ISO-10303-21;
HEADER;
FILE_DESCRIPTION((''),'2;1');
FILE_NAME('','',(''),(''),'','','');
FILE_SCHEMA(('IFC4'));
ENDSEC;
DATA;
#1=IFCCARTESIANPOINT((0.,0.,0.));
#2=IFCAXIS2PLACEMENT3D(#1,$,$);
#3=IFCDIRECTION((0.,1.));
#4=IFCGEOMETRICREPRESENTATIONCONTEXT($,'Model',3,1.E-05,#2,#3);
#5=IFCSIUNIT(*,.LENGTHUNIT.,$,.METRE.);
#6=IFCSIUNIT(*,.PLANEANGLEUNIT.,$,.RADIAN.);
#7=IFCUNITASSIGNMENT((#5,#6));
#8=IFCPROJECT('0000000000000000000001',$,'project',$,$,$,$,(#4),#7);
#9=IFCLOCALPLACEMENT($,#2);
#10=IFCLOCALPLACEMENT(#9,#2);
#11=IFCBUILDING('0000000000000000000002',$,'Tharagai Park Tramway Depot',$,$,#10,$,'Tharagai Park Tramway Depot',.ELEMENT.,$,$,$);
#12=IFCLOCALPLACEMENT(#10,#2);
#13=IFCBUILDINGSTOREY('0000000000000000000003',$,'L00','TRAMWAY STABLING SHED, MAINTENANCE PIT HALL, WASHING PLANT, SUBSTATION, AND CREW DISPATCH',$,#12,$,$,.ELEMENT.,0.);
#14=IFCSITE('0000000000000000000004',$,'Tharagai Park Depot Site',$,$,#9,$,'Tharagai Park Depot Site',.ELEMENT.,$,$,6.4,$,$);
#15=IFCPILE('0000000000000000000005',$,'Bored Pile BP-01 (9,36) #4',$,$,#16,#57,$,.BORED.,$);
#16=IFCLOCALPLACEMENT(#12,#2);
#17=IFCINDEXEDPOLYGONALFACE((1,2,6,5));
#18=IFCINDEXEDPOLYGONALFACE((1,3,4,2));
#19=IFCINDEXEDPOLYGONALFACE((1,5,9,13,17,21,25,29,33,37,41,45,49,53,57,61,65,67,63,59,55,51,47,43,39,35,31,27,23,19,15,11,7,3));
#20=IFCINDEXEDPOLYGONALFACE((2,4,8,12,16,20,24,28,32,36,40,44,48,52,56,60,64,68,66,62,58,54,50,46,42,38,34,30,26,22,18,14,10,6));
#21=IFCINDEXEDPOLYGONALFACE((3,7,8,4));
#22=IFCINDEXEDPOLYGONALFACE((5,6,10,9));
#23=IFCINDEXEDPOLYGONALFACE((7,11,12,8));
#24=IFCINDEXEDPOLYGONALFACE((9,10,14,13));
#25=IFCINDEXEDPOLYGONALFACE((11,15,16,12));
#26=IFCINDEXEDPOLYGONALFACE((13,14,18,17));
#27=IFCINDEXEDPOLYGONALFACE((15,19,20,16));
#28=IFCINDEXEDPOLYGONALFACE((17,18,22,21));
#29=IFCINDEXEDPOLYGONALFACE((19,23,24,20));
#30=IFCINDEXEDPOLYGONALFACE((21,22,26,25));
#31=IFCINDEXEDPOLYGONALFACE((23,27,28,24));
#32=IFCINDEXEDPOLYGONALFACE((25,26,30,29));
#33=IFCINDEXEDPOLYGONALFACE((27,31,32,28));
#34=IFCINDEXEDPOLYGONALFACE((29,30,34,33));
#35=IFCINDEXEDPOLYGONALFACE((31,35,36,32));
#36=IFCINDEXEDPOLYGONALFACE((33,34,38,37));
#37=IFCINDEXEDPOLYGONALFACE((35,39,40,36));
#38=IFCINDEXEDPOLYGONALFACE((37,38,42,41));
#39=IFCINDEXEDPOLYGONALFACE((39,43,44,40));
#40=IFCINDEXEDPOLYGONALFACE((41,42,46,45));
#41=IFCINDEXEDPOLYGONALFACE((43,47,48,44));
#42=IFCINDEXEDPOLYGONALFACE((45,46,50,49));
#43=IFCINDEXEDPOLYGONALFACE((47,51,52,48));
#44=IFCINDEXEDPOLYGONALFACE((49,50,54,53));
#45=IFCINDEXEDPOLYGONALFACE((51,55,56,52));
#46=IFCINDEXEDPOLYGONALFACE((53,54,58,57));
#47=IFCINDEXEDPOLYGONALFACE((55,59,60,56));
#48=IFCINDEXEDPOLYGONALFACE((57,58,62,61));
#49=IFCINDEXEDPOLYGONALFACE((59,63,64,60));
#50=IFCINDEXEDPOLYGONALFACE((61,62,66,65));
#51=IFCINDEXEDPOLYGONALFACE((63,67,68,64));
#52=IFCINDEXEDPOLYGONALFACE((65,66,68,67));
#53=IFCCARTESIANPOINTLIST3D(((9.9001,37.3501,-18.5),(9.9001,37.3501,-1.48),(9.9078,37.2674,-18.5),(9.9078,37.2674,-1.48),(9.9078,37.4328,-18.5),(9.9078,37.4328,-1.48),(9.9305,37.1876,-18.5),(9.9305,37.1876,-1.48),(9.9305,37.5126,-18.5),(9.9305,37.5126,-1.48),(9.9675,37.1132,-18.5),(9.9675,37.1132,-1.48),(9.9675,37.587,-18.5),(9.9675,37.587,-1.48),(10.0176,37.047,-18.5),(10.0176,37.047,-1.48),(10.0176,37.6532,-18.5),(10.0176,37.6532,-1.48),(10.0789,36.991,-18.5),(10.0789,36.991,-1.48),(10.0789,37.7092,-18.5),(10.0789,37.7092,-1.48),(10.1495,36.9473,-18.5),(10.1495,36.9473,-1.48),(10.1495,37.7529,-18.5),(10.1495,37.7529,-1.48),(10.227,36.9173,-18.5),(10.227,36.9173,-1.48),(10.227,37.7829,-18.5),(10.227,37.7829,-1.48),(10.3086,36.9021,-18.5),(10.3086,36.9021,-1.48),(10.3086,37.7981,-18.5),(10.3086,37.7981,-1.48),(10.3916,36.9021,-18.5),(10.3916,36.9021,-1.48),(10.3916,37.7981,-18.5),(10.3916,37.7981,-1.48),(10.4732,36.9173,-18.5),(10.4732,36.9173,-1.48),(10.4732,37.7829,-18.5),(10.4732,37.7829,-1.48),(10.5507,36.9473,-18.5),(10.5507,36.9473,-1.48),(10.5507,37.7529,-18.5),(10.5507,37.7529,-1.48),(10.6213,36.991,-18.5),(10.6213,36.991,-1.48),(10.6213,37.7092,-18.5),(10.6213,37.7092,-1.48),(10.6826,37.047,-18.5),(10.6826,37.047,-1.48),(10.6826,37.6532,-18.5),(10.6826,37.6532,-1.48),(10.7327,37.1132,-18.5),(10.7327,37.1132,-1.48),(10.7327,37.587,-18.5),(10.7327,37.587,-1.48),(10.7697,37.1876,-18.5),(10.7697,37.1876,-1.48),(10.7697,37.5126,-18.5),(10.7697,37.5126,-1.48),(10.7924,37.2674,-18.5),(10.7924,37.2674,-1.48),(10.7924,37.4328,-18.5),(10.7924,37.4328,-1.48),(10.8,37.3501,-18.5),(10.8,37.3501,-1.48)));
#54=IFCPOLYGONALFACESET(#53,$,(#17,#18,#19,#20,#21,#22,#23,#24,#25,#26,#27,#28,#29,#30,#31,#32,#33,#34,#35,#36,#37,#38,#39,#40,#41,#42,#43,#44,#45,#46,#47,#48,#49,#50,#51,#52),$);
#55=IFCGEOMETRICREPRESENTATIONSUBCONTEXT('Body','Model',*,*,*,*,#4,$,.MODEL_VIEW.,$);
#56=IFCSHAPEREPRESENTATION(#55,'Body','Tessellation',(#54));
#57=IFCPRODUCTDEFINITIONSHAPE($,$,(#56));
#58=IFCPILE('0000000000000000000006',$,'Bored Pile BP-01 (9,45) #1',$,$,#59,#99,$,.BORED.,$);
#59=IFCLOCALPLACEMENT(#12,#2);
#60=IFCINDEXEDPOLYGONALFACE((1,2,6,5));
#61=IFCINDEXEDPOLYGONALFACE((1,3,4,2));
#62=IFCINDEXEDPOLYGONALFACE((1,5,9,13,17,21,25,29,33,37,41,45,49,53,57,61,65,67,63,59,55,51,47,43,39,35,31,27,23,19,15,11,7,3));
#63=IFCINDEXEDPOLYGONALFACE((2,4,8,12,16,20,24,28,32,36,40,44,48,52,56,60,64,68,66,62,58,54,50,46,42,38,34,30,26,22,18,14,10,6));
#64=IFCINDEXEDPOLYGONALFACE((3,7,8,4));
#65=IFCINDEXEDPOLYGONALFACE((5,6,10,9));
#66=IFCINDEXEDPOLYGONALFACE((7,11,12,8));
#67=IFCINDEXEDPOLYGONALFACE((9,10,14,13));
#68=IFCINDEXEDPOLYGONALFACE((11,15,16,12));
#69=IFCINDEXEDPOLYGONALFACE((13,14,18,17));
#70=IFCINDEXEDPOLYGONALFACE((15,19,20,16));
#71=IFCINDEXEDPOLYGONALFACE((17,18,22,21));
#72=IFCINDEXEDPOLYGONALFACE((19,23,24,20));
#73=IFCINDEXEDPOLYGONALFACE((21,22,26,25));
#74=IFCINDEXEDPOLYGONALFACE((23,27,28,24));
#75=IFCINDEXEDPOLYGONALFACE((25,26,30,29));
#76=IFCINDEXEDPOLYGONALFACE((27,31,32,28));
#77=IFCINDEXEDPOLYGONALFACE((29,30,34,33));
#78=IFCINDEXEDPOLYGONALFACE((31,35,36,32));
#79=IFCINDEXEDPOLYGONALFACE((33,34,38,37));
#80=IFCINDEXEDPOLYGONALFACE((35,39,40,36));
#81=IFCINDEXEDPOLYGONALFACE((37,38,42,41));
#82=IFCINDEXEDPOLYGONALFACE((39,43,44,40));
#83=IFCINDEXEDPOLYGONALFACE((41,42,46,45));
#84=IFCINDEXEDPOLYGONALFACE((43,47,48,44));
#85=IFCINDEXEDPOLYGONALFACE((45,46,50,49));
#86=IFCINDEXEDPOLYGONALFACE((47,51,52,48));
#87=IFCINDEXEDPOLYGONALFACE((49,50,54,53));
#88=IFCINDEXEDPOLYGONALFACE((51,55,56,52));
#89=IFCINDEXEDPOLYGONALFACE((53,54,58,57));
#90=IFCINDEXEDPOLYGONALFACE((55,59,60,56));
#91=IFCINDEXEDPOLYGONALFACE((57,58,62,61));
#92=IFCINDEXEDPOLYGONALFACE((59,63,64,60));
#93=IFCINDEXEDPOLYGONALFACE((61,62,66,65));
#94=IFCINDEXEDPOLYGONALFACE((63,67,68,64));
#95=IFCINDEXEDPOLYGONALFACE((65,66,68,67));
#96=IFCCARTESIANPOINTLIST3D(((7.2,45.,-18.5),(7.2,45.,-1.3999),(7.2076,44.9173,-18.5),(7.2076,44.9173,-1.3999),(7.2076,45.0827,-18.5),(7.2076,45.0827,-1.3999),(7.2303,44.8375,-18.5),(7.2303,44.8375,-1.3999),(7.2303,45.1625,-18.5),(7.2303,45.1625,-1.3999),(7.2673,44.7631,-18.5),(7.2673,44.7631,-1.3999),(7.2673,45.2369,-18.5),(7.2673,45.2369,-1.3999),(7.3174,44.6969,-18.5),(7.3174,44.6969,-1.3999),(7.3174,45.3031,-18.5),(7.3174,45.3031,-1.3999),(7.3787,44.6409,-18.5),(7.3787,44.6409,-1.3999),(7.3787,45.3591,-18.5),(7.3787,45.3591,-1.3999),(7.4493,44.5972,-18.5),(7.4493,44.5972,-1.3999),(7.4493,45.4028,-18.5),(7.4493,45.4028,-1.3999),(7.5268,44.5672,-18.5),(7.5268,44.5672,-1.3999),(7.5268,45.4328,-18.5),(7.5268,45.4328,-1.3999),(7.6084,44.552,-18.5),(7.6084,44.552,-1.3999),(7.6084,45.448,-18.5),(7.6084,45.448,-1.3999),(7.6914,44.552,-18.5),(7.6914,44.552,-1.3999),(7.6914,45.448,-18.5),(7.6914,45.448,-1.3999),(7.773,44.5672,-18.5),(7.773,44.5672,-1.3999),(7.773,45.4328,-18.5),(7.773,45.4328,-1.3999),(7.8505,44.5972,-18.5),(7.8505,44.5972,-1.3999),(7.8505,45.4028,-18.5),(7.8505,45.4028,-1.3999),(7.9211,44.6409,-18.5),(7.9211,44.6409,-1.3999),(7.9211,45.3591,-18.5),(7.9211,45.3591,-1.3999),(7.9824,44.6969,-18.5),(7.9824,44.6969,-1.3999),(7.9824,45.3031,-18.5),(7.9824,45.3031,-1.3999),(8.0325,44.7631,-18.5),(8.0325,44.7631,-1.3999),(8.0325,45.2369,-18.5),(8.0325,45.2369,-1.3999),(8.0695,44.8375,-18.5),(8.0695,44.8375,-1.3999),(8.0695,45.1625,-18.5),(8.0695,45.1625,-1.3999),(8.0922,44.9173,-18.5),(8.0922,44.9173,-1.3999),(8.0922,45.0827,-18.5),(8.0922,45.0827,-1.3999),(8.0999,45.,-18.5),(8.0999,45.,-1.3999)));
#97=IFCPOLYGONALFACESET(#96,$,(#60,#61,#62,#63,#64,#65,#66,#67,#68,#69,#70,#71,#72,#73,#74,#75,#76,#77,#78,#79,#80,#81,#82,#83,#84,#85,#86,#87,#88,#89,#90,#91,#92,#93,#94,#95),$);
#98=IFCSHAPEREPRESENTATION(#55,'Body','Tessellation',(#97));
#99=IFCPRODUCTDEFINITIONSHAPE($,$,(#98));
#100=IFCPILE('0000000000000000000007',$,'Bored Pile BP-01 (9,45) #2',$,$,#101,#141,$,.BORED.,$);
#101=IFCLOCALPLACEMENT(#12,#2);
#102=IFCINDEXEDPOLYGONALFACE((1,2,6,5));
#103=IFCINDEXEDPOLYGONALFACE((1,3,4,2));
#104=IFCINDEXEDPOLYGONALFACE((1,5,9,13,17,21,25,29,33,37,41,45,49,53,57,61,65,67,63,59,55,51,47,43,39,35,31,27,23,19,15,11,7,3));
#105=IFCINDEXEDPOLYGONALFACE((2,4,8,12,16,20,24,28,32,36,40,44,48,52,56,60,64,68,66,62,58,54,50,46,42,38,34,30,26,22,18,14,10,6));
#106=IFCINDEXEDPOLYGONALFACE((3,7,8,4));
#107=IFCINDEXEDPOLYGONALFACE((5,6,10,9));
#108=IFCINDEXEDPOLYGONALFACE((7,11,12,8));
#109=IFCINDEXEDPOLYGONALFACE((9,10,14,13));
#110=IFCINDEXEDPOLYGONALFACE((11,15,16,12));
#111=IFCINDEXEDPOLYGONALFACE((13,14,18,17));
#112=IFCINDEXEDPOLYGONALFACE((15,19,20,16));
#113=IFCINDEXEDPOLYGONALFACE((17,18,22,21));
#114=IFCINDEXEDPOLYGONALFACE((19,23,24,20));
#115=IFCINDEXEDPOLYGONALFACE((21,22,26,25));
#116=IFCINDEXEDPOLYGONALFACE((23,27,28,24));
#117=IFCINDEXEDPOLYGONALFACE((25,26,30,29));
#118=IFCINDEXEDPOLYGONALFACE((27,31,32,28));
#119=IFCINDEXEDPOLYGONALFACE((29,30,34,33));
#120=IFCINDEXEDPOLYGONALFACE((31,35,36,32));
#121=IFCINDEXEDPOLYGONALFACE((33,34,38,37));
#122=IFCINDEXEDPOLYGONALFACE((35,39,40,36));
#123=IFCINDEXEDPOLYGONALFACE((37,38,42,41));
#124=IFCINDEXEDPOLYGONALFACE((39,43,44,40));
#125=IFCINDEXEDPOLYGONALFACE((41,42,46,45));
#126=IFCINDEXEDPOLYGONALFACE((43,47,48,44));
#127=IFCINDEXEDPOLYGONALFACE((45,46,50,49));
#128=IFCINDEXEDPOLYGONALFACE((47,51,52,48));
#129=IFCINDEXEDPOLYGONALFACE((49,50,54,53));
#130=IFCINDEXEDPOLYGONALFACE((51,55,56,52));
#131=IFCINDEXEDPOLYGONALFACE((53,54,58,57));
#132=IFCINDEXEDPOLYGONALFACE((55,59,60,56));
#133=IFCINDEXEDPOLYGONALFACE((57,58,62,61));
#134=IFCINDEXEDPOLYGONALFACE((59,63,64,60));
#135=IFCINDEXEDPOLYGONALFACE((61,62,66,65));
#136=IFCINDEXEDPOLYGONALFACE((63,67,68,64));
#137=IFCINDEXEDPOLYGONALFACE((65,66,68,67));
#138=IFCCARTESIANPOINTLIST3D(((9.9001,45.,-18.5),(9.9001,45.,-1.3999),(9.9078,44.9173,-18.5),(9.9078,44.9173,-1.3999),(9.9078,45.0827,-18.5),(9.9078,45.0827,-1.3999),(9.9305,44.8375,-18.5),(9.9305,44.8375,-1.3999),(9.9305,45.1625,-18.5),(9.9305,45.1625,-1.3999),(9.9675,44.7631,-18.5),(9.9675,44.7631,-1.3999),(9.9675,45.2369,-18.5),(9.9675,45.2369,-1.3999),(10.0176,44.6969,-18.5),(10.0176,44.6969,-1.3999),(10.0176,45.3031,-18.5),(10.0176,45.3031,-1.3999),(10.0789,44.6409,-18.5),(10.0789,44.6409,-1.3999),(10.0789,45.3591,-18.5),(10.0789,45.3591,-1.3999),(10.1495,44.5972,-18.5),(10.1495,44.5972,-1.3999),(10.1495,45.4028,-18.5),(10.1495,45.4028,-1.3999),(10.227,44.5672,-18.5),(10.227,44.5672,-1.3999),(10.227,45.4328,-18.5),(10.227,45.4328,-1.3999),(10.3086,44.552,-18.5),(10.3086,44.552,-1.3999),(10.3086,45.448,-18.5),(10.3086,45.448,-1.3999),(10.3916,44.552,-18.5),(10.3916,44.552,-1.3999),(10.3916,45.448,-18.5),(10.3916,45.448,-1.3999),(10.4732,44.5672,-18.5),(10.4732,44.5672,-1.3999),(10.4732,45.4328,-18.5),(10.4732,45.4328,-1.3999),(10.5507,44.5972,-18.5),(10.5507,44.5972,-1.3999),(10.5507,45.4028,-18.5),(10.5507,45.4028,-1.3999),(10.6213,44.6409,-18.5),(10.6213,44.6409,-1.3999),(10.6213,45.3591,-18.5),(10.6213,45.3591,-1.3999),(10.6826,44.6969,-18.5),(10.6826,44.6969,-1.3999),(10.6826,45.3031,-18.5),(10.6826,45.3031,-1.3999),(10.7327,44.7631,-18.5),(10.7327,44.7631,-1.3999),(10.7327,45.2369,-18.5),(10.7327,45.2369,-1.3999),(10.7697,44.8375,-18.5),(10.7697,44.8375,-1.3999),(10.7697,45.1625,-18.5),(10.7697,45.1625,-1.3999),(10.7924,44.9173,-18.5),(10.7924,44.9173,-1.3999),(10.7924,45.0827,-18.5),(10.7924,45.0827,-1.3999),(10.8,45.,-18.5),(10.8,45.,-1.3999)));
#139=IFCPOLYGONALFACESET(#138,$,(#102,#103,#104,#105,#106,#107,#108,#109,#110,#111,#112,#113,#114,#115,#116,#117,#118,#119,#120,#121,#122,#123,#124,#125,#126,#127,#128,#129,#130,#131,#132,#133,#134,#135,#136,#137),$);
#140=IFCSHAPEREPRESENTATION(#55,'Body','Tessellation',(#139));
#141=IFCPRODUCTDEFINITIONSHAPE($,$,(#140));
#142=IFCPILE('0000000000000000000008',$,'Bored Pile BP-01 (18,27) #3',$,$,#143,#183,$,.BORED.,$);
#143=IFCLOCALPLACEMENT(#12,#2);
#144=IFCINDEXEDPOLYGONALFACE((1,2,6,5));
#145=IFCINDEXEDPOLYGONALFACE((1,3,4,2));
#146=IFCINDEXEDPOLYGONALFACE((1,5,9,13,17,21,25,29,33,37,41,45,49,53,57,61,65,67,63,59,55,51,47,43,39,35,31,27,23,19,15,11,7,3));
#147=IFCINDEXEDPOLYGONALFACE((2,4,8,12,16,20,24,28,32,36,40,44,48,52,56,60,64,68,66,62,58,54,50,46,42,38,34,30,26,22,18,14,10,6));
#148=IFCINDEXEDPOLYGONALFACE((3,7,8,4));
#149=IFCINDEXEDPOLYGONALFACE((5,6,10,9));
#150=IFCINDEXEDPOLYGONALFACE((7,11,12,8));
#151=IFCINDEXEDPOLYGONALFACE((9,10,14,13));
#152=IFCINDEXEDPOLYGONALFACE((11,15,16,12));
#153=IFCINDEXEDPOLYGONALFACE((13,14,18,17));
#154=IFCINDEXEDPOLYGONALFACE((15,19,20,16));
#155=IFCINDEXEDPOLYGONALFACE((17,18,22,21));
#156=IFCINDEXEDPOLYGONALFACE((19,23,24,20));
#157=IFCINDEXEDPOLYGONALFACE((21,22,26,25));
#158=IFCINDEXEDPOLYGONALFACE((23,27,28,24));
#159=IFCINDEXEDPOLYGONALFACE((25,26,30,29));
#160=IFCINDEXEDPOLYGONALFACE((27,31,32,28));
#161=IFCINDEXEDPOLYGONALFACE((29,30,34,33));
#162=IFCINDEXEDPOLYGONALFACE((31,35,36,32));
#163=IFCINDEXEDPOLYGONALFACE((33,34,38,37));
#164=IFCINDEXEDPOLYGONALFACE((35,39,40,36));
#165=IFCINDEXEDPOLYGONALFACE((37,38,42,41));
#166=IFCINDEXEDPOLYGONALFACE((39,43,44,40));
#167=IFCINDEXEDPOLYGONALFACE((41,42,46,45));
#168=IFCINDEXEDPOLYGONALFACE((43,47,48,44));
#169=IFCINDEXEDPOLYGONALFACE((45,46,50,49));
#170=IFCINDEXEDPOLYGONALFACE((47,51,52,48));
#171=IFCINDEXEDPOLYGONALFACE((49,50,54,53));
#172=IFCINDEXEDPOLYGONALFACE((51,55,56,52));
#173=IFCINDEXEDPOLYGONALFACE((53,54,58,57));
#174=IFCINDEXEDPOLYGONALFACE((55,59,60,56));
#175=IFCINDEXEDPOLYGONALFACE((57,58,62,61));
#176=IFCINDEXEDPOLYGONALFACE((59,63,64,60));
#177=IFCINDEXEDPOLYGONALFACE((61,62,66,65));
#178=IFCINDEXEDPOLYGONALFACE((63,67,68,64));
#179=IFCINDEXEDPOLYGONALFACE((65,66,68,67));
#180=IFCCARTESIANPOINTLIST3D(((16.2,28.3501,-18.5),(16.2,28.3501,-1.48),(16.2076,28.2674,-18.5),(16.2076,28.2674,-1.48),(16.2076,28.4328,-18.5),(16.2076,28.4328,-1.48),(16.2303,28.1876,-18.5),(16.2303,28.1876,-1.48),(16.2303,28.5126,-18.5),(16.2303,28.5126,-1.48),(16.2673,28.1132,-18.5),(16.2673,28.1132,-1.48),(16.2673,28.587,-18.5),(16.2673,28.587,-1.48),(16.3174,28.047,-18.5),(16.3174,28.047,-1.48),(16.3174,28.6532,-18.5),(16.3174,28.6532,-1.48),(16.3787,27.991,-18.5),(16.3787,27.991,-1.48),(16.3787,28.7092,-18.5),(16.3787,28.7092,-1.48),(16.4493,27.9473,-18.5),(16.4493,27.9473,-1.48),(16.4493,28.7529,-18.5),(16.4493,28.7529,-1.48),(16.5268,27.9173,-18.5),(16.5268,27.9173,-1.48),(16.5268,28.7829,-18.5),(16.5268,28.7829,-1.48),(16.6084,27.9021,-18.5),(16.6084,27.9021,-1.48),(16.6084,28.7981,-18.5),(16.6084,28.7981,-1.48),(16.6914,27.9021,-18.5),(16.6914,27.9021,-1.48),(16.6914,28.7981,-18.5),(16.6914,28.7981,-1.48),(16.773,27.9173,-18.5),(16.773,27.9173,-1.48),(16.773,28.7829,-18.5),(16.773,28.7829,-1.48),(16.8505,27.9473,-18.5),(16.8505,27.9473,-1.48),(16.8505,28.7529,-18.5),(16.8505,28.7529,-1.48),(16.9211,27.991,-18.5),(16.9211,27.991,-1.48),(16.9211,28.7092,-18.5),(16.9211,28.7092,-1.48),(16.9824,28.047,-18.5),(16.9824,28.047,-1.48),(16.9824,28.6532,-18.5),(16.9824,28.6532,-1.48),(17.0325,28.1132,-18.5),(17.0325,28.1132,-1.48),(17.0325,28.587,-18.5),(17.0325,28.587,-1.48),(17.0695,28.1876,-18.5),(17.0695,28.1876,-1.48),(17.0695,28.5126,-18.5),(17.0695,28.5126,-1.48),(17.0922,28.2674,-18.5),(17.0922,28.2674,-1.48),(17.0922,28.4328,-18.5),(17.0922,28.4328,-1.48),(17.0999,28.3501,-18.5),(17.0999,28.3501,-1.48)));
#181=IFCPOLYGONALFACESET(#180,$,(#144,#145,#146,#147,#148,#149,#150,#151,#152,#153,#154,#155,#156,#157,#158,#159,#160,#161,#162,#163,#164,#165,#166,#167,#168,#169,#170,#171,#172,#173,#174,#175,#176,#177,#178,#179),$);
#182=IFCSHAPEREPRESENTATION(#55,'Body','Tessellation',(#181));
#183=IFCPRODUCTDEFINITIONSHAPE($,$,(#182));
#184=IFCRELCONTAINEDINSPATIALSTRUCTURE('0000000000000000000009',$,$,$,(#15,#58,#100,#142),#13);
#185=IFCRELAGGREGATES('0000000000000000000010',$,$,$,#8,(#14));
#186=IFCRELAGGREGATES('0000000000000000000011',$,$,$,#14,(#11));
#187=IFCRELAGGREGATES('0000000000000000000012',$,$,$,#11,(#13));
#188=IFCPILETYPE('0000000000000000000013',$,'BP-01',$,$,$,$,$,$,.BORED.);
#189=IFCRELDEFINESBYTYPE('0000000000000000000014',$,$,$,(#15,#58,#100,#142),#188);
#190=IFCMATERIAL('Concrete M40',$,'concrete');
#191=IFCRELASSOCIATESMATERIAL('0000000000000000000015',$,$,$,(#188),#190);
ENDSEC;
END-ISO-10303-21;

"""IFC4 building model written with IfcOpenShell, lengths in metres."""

from ifc_helpers import new_model, si_unit, direction, frame, origin, origin_2d, place, context, subcontext, project, spatial, circle, extrude, material, material_profile, profile_set, type_object, element, save


model = new_model("IFC4")

# Units and contexts
model_context = context("Model", 3, precision=1e-05, world=origin(), true_north=direction((0.0, 1.0)))
body_context = subcontext(model_context, "Body", "Model", "MODEL_VIEW")
ifc_project = project(units=[si_unit("LENGTHUNIT", "METRE"), si_unit("PLANEANGLEUNIT", "RADIAN")], contexts=[model_context])

# Site, building, storey
site_placement = place(None, origin())
site = spatial("IfcSite", under=ifc_project, at=site_placement, Name="Tharagai Park Depot Site", LongName="Tharagai Park Depot Site", CompositionType="ELEMENT", RefElevation=6.4)
building_placement = place(site_placement, origin())
building = spatial("IfcBuilding", under=site, at=building_placement, Name="Tharagai Park Tramway Depot", LongName="Tharagai Park Tramway Depot", CompositionType="ELEMENT")
storey_placement = place(building_placement, origin())
storey = spatial("IfcBuildingStorey", under=building, at=storey_placement, Name="L00", Description="TRAMWAY STABLING SHED, MAINTENANCE PIT HALL, WASHING PLANT, SUBSTATION, AND CREW DISPATCH", CompositionType="ELEMENT", Elevation=0.0)

# Piles
ifc_material_1 = material(Name="Concrete M40", Category="concrete")
ifc_material_profile_1 = material_profile(ifc_material_1, circle(Radius=0.45, at=origin_2d()), Name="PILE D900")
ifc_profile_set_1 = profile_set([ifc_material_profile_1], Name="Concrete M40")
pile_type = type_object("IfcPileType", Name="BP-01", PredefinedType="BORED", material=ifc_profile_set_1)
for number, where, z_axis, x_axis, name in (
    (1, (10.3501, 37.3501, -1.48), (0.0, 0.0, -1.0), (1.0, 0.0, 0.0), "Bored Pile BP-01 (9,36) #4"),
):
    element("IfcPile", number, at=place(storey_placement, frame(where, z_axis=z_axis, x_axis=x_axis)), inside=storey, type_object=pile_type, Name=name, PredefinedType="BORED", context=body_context, shape_type="SweptSolid", body=[
        extrude(circle(Radius=0.45, at=origin_2d()), origin(), (0.0, 0.0, 1.0), 17.02),
    ])
for number, where, z_axis, x_axis, name in (
    (2, (7.6499, 45.0, -1.3999), (0.0, 0.0, -1.0), (1.0, 0.0, 0.0), "Bored Pile BP-01 (9,45) #1"),
    (3, (10.3501, 45.0, -1.3999), (0.0, 0.0, -1.0), (1.0, 0.0, 0.0), "Bored Pile BP-01 (9,45) #2"),
):
    element("IfcPile", number, at=place(storey_placement, frame(where, z_axis=z_axis, x_axis=x_axis)), inside=storey, type_object=pile_type, Name=name, PredefinedType="BORED", context=body_context, shape_type="SweptSolid", body=[
        extrude(circle(Radius=0.45, at=origin_2d()), origin(), (0.0, 0.0, 1.0), 17.1001),
    ])
pile_1_placement = place(storey_placement, frame((16.6499, 28.3501, -1.48), z_axis=(0.0, 0.0, -1.0), x_axis=(1.0, 0.0, 0.0)))
element("IfcPile", 4, at=pile_1_placement, inside=storey, type_object=pile_type, Name="Bored Pile BP-01 (18,27) #3", PredefinedType="BORED", context=body_context, shape_type="SweptSolid", body=[
    extrude(circle(Radius=0.45, at=origin_2d()), origin(), (0.0, 0.0, 1.0), 17.02),
])

save(model, "model.ifc")
